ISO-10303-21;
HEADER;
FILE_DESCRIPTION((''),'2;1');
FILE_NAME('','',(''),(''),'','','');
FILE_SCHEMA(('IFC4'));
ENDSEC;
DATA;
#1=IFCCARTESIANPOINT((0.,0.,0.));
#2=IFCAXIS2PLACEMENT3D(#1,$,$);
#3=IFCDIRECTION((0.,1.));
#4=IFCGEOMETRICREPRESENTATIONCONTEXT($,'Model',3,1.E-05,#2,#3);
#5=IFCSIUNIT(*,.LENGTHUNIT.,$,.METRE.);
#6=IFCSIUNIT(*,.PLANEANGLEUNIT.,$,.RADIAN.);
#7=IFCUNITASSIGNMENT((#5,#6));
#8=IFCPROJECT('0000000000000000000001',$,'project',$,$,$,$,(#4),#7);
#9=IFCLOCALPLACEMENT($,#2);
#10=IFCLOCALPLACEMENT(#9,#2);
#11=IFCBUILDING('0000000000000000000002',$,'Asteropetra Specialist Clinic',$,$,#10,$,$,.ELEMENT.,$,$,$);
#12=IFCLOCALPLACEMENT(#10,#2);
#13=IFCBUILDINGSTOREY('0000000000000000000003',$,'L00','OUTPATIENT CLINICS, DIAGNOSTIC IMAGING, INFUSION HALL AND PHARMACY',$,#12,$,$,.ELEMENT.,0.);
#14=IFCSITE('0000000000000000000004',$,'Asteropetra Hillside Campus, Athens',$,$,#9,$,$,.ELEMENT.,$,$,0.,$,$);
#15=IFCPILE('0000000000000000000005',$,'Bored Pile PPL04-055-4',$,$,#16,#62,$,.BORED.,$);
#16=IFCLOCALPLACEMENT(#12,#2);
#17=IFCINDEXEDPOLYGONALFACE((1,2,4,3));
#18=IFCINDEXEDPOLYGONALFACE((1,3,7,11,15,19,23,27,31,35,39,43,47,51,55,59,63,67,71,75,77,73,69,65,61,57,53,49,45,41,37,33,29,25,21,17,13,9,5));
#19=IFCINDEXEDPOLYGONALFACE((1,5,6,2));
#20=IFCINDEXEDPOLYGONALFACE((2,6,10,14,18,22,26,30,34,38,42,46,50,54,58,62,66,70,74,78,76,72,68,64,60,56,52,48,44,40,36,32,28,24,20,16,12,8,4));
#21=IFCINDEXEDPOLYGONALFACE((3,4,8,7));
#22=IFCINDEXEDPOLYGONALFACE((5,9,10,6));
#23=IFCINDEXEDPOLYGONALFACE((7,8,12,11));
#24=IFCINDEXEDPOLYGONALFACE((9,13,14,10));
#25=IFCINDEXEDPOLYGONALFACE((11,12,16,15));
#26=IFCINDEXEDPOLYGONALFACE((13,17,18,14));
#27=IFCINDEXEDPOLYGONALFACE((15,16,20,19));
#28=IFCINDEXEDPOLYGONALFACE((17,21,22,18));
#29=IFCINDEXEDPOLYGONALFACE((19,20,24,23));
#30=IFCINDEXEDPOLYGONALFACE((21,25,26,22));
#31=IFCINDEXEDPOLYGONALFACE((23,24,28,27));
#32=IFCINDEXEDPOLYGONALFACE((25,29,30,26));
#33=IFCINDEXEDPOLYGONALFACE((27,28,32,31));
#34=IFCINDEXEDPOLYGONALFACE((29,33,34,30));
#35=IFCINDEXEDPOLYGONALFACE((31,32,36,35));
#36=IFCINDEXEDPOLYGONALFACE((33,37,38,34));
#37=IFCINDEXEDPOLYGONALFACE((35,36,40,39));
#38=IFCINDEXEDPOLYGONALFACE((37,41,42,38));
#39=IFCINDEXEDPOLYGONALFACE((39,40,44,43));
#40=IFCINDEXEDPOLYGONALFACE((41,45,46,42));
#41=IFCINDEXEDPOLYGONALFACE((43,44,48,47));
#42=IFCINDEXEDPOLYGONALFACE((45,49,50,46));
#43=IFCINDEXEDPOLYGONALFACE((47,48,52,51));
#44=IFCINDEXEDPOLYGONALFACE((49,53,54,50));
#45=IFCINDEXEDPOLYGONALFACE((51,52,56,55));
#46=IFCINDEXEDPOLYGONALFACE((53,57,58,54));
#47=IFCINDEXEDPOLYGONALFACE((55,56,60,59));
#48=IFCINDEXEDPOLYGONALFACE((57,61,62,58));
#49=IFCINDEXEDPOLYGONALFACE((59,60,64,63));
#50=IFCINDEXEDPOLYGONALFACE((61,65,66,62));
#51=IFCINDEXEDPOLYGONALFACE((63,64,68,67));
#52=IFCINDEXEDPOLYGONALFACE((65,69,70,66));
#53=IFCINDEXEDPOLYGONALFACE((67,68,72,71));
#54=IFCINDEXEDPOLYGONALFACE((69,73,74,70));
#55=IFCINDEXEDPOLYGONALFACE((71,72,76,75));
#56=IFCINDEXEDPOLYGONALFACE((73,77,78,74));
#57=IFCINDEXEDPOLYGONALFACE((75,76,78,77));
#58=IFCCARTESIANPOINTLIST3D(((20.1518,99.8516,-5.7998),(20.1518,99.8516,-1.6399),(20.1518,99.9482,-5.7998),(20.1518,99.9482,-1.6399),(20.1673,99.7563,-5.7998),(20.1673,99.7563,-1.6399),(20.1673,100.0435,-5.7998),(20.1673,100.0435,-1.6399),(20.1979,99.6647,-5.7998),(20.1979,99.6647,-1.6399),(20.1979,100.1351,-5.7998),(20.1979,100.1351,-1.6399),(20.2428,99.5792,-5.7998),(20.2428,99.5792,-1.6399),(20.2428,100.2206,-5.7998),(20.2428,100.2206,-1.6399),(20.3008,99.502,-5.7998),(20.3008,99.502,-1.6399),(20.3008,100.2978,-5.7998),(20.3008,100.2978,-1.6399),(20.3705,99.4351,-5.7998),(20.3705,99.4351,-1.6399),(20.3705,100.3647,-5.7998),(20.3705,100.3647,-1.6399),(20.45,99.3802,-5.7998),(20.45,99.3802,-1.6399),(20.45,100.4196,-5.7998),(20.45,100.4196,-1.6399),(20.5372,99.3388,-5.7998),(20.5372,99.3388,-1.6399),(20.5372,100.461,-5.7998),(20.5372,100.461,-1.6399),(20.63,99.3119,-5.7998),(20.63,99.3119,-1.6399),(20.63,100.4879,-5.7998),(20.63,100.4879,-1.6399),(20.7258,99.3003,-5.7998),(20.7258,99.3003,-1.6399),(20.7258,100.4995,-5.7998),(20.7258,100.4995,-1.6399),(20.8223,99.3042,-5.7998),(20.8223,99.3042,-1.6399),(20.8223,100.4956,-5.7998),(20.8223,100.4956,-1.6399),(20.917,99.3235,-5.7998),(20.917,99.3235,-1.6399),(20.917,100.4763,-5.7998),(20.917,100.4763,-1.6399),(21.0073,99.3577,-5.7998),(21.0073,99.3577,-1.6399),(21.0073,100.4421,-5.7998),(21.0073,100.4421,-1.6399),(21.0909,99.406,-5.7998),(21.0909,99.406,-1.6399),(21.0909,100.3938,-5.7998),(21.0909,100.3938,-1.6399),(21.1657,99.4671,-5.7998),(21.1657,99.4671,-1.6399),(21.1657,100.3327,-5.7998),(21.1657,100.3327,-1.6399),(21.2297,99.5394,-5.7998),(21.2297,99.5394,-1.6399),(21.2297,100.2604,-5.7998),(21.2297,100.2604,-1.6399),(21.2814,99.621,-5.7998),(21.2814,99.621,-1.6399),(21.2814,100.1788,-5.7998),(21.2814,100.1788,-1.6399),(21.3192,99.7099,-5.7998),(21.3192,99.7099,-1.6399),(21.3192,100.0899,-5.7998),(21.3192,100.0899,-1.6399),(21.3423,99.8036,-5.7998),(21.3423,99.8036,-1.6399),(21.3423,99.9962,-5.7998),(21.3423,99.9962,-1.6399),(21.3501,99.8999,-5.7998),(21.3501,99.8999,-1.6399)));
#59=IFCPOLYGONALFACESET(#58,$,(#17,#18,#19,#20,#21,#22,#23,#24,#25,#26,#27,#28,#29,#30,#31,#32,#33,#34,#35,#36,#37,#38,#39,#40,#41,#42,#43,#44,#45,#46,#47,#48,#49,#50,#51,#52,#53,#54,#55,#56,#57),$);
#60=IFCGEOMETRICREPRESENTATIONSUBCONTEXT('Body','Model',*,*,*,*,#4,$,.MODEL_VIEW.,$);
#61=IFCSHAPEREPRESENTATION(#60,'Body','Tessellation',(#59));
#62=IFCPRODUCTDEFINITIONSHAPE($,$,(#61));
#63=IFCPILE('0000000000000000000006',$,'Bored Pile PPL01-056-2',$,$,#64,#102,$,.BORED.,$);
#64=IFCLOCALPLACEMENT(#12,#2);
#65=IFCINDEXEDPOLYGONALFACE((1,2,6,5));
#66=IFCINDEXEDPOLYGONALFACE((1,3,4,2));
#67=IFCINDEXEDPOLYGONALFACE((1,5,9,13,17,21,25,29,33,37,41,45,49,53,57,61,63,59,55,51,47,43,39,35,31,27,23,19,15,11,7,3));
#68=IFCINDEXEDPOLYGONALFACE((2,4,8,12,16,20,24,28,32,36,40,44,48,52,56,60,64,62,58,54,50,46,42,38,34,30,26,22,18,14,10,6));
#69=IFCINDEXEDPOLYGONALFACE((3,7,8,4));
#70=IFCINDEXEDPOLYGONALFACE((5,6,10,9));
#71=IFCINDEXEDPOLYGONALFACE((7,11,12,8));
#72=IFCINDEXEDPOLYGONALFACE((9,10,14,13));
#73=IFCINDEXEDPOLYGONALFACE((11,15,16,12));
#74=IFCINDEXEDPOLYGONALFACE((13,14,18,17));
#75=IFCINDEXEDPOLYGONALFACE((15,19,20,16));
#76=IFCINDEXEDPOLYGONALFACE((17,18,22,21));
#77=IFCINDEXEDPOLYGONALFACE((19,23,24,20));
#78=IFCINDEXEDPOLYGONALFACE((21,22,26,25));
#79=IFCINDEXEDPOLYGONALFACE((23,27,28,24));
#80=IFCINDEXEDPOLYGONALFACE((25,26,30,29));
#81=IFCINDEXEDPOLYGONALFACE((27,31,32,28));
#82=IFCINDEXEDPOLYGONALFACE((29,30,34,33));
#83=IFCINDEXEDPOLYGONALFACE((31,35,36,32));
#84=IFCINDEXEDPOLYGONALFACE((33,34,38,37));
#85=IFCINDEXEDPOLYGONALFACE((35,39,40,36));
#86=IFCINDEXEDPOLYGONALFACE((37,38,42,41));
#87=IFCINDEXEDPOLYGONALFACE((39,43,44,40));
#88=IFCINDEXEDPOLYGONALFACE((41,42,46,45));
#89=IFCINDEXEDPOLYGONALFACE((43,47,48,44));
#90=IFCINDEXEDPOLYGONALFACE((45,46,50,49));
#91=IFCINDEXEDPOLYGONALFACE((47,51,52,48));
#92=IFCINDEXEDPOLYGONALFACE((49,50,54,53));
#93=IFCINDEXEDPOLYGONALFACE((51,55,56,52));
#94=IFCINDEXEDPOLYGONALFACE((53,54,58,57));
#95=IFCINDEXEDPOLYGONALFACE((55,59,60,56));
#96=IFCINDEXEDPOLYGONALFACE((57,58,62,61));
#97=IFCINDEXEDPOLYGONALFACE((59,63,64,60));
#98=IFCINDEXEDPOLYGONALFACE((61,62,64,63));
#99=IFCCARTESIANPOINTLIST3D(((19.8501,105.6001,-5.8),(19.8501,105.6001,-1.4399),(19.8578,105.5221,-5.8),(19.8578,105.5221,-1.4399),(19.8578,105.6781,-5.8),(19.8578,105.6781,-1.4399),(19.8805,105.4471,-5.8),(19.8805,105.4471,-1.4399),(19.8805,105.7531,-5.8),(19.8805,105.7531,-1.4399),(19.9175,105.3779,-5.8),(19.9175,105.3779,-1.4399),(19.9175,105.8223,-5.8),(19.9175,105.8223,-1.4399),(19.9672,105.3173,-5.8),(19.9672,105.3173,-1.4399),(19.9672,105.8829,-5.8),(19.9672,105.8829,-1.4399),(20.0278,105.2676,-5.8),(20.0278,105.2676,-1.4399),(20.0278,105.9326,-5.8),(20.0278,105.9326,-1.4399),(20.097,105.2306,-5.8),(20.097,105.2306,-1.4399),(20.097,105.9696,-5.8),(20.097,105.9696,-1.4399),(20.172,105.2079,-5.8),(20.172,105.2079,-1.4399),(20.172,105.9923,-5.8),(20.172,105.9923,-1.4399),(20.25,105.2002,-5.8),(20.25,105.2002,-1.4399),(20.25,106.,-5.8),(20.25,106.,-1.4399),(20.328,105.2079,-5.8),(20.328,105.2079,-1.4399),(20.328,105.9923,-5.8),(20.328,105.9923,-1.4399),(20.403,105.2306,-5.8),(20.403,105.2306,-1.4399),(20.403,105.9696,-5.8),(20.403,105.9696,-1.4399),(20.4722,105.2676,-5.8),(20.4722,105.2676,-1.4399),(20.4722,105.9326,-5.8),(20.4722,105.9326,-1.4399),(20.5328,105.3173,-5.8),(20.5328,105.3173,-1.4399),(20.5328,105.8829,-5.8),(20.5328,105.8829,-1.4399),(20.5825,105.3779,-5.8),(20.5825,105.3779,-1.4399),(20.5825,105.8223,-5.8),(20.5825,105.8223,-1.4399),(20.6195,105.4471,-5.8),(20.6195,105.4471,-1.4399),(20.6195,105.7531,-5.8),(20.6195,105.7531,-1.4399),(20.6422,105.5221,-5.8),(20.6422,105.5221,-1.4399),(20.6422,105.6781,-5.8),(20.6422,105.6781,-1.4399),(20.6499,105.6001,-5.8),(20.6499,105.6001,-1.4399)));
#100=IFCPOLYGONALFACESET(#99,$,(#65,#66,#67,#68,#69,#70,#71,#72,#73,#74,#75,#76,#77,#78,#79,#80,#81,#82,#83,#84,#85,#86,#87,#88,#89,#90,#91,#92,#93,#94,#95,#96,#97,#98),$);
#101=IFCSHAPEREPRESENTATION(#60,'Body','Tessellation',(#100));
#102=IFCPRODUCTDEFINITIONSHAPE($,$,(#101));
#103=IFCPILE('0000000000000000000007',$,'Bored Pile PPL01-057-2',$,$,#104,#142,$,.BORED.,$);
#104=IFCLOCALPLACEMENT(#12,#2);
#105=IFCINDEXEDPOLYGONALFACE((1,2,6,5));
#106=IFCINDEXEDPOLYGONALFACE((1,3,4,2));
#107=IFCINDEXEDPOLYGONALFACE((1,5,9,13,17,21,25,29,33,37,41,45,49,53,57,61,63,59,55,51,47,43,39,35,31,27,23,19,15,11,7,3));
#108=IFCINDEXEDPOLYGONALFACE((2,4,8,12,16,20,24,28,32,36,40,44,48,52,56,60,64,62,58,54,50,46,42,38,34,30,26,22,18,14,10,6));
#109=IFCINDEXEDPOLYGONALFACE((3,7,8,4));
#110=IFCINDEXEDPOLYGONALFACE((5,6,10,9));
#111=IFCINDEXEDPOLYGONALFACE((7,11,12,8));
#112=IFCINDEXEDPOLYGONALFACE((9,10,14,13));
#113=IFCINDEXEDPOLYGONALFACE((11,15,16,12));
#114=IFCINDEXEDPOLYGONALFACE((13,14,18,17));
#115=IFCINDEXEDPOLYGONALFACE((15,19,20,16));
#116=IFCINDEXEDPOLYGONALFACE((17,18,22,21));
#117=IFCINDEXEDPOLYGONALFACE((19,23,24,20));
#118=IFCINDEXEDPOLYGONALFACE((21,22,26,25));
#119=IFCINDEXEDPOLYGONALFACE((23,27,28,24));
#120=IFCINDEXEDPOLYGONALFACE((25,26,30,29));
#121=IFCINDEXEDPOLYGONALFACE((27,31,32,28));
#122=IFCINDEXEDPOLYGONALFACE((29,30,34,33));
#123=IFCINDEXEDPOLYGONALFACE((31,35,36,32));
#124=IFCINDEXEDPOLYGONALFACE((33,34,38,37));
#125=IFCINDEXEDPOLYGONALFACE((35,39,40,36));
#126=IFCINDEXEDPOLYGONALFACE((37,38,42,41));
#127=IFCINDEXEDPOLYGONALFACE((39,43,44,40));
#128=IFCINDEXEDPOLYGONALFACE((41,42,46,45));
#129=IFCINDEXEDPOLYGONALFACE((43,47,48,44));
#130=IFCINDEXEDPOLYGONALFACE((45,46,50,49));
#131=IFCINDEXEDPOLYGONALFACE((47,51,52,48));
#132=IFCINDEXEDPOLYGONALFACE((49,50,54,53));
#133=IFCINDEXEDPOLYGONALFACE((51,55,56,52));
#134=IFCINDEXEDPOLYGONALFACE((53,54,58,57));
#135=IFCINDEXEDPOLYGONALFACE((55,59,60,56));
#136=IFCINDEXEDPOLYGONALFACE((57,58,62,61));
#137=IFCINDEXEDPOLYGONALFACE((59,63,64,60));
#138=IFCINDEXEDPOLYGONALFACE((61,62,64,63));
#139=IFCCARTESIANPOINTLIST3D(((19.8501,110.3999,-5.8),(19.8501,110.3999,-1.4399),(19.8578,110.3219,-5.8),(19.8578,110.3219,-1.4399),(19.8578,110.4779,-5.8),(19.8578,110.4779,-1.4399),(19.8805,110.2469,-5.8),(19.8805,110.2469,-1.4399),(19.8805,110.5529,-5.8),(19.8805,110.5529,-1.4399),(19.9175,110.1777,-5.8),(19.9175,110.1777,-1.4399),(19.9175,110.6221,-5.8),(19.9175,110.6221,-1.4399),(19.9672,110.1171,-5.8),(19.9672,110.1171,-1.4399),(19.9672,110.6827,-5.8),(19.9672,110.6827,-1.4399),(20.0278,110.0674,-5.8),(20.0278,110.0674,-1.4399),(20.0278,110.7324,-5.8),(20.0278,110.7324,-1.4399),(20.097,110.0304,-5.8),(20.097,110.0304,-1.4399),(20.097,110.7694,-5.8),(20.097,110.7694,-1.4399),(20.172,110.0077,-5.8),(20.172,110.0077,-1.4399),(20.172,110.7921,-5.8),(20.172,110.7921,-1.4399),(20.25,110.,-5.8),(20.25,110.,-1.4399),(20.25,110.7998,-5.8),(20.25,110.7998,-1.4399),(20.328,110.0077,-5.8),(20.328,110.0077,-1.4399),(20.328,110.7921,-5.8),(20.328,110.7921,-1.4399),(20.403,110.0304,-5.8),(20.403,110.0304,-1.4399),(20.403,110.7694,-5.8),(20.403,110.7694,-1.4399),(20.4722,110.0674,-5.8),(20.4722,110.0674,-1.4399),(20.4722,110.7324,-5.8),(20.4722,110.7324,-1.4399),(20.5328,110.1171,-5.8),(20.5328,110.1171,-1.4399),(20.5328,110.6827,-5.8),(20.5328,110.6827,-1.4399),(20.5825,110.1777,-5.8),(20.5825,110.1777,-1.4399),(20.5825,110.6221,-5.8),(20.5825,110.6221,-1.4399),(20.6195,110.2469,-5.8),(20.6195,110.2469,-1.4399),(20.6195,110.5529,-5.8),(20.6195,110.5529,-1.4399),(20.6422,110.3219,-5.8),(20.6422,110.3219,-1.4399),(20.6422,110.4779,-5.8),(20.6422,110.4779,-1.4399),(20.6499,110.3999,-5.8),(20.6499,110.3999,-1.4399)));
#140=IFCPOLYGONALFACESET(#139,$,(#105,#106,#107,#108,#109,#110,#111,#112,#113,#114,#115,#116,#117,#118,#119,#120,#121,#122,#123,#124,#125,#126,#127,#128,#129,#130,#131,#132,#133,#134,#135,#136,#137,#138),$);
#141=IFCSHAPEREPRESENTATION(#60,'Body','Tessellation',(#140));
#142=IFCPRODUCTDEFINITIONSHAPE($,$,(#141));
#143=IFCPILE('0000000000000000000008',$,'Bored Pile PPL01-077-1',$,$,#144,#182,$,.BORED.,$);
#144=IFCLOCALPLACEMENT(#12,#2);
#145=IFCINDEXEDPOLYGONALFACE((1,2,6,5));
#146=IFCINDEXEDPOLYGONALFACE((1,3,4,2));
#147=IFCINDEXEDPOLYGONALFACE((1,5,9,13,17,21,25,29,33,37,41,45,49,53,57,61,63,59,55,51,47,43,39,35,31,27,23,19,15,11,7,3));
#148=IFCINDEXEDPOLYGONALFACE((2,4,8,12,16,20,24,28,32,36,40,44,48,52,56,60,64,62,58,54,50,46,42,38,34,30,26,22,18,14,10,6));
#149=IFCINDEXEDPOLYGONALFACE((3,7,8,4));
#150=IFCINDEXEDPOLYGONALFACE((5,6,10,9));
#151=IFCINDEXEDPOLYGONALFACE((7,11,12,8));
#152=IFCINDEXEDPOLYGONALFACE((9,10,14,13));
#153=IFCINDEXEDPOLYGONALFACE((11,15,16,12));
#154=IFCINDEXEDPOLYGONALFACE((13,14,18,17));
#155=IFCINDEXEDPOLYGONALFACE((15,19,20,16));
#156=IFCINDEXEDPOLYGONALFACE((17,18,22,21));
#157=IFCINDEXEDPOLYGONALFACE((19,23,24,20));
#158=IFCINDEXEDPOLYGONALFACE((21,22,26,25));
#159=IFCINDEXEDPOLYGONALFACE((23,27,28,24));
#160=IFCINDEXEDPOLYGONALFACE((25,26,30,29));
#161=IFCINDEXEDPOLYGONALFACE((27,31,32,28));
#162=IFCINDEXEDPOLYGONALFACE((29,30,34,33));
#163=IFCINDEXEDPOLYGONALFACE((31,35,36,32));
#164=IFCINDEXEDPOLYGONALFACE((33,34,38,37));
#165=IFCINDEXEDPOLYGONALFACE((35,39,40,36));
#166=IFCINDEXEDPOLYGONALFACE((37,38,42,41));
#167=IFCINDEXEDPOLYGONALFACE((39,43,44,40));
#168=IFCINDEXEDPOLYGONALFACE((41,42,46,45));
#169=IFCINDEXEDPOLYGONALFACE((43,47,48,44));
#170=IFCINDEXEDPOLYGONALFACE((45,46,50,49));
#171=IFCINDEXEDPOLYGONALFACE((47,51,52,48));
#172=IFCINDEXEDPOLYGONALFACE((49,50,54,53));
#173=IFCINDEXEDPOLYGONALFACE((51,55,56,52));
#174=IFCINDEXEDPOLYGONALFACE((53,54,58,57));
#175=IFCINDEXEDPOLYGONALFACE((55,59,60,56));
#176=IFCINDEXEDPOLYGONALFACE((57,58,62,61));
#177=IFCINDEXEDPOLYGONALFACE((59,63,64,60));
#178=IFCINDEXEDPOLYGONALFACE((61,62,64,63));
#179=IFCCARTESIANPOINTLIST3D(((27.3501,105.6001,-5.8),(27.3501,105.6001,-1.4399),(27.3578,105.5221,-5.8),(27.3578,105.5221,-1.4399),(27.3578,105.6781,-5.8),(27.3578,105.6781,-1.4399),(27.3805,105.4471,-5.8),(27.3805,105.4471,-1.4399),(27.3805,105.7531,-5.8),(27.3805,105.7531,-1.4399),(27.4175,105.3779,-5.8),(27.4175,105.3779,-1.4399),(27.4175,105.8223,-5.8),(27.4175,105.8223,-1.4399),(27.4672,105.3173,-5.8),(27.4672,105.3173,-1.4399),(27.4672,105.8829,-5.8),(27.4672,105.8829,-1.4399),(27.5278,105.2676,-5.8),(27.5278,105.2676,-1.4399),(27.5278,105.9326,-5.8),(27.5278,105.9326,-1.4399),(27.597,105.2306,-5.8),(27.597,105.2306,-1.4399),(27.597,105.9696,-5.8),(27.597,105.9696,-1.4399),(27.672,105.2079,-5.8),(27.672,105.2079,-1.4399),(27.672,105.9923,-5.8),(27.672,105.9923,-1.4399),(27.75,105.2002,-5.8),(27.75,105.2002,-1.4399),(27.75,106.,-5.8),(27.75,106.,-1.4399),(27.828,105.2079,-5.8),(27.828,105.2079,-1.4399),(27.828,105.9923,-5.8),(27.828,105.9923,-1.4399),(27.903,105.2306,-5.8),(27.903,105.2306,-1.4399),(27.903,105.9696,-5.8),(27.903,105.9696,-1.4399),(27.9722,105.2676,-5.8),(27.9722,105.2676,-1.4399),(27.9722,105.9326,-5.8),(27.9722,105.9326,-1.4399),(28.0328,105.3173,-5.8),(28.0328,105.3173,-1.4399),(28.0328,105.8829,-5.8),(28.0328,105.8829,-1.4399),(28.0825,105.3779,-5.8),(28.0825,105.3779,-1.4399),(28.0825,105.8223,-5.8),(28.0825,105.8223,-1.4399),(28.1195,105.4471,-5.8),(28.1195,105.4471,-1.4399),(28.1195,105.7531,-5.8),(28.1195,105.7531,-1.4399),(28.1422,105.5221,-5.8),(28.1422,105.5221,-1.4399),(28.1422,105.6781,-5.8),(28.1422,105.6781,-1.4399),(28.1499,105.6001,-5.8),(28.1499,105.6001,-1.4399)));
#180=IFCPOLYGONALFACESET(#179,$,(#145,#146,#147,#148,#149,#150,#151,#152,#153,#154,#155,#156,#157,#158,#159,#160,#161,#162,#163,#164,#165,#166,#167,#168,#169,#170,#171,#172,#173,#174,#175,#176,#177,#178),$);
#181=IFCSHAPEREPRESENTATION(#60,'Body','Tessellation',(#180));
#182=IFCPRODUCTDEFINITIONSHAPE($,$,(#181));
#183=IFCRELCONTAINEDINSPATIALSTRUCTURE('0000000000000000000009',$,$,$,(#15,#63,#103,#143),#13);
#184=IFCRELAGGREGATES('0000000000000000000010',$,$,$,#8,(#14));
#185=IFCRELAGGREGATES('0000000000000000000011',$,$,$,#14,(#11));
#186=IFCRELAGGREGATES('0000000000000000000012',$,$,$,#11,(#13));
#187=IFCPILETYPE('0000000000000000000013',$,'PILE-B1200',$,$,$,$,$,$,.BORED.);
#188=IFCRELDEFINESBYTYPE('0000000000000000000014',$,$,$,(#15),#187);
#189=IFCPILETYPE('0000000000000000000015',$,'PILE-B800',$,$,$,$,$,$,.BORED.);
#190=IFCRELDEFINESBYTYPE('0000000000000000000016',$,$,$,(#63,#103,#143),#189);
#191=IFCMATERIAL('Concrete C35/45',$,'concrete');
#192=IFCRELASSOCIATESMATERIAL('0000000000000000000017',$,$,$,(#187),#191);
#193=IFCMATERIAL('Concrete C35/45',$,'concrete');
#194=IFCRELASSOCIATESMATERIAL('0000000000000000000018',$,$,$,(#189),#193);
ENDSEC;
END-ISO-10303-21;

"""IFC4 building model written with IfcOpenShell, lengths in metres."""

from ifc_helpers import new_model, si_unit, direction, frame, origin, origin_2d, place, context, subcontext, project, spatial, circle, extrude, material, material_profile, profile_set, type_object, element, save


model = new_model("IFC4")

# Units and contexts
model_context = context("Model", 3, precision=1e-05, world=origin(), true_north=direction((0.0, 1.0)))
body_context = subcontext(model_context, "Body", "Model", "MODEL_VIEW")
ifc_project = project(units=[si_unit("LENGTHUNIT", "METRE"), si_unit("PLANEANGLEUNIT", "RADIAN")], contexts=[model_context])

# Site, building, storey
site_placement = place(None, origin())
site = spatial("IfcSite", under=ifc_project, at=site_placement, Name="Asteropetra Hillside Campus, Athens", CompositionType="ELEMENT", RefElevation=0.0)
building_placement = place(site_placement, origin())
building = spatial("IfcBuilding", under=site, at=building_placement, Name="Asteropetra Specialist Clinic", CompositionType="ELEMENT")
storey_placement = place(building_placement, origin())
storey = spatial("IfcBuildingStorey", under=building, at=storey_placement, Name="L00", Description="OUTPATIENT CLINICS, DIAGNOSTIC IMAGING, INFUSION HALL AND PHARMACY", CompositionType="ELEMENT", Elevation=0.0)

# Piles
ifc_material_1 = material(Name="Concrete C35/45", Category="concrete")
ifc_material_profile_1 = material_profile(ifc_material_1, circle(Radius=0.6001, at=origin_2d()), Name="PILE D1200")
ifc_profile_set_1 = profile_set([ifc_material_profile_1], Name="Concrete C35/45")
pile_type_1 = type_object("IfcPileType", Name="PILE-B1200", PredefinedType="BORED", material=ifc_profile_set_1)
for number, where, z_axis, x_axis, name in (
    (1, (20.75, 99.8999, -1.6399), (0.0, 0.0, -1.0), (1.0, 0.0, 0.0), "Bored Pile PPL04-055-4"),
):
    element("IfcPile", number, at=place(storey_placement, frame(where, z_axis=z_axis, x_axis=x_axis)), inside=storey, type_object=pile_type_1, Name=name, PredefinedType="BORED", context=body_context, shape_type="SweptSolid", body=[
        extrude(circle(Radius=0.6001, at=origin_2d()), origin(), (0.0, 0.0, 1.0), 4.1599),
    ])
ifc_material_2 = material(Name="Concrete C35/45", Category="concrete")
ifc_material_profile_2 = material_profile(ifc_material_2, circle(Radius=0.3999, at=origin_2d()), Name="PILE D800")
ifc_profile_set_2 = profile_set([ifc_material_profile_2], Name="Concrete C35/45")
pile_type_2 = type_object("IfcPileType", Name="PILE-B800", PredefinedType="BORED", material=ifc_profile_set_2)
for number, where, z_axis, x_axis, name in (
    (2, (20.25, 105.6001, -1.4399), (0.0, 0.0, -1.0), (1.0, 0.0, 0.0), "Bored Pile PPL01-056-2"),
    (3, (20.25, 110.3999, -1.4399), (0.0, 0.0, -1.0), (1.0, 0.0, 0.0), "Bored Pile PPL01-057-2"),
    (4, (27.75, 105.6001, -1.4399), (0.0, 0.0, -1.0), (1.0, 0.0, 0.0), "Bored Pile PPL01-077-1"),
):
    element("IfcPile", number, at=place(storey_placement, frame(where, z_axis=z_axis, x_axis=x_axis)), inside=storey, type_object=pile_type_2, Name=name, PredefinedType="BORED", context=body_context, shape_type="SweptSolid", body=[
        extrude(circle(Radius=0.3999, at=origin_2d()), origin(), (0.0, 0.0, 1.0), 4.3601),
    ])

save(model, "model.ifc")
